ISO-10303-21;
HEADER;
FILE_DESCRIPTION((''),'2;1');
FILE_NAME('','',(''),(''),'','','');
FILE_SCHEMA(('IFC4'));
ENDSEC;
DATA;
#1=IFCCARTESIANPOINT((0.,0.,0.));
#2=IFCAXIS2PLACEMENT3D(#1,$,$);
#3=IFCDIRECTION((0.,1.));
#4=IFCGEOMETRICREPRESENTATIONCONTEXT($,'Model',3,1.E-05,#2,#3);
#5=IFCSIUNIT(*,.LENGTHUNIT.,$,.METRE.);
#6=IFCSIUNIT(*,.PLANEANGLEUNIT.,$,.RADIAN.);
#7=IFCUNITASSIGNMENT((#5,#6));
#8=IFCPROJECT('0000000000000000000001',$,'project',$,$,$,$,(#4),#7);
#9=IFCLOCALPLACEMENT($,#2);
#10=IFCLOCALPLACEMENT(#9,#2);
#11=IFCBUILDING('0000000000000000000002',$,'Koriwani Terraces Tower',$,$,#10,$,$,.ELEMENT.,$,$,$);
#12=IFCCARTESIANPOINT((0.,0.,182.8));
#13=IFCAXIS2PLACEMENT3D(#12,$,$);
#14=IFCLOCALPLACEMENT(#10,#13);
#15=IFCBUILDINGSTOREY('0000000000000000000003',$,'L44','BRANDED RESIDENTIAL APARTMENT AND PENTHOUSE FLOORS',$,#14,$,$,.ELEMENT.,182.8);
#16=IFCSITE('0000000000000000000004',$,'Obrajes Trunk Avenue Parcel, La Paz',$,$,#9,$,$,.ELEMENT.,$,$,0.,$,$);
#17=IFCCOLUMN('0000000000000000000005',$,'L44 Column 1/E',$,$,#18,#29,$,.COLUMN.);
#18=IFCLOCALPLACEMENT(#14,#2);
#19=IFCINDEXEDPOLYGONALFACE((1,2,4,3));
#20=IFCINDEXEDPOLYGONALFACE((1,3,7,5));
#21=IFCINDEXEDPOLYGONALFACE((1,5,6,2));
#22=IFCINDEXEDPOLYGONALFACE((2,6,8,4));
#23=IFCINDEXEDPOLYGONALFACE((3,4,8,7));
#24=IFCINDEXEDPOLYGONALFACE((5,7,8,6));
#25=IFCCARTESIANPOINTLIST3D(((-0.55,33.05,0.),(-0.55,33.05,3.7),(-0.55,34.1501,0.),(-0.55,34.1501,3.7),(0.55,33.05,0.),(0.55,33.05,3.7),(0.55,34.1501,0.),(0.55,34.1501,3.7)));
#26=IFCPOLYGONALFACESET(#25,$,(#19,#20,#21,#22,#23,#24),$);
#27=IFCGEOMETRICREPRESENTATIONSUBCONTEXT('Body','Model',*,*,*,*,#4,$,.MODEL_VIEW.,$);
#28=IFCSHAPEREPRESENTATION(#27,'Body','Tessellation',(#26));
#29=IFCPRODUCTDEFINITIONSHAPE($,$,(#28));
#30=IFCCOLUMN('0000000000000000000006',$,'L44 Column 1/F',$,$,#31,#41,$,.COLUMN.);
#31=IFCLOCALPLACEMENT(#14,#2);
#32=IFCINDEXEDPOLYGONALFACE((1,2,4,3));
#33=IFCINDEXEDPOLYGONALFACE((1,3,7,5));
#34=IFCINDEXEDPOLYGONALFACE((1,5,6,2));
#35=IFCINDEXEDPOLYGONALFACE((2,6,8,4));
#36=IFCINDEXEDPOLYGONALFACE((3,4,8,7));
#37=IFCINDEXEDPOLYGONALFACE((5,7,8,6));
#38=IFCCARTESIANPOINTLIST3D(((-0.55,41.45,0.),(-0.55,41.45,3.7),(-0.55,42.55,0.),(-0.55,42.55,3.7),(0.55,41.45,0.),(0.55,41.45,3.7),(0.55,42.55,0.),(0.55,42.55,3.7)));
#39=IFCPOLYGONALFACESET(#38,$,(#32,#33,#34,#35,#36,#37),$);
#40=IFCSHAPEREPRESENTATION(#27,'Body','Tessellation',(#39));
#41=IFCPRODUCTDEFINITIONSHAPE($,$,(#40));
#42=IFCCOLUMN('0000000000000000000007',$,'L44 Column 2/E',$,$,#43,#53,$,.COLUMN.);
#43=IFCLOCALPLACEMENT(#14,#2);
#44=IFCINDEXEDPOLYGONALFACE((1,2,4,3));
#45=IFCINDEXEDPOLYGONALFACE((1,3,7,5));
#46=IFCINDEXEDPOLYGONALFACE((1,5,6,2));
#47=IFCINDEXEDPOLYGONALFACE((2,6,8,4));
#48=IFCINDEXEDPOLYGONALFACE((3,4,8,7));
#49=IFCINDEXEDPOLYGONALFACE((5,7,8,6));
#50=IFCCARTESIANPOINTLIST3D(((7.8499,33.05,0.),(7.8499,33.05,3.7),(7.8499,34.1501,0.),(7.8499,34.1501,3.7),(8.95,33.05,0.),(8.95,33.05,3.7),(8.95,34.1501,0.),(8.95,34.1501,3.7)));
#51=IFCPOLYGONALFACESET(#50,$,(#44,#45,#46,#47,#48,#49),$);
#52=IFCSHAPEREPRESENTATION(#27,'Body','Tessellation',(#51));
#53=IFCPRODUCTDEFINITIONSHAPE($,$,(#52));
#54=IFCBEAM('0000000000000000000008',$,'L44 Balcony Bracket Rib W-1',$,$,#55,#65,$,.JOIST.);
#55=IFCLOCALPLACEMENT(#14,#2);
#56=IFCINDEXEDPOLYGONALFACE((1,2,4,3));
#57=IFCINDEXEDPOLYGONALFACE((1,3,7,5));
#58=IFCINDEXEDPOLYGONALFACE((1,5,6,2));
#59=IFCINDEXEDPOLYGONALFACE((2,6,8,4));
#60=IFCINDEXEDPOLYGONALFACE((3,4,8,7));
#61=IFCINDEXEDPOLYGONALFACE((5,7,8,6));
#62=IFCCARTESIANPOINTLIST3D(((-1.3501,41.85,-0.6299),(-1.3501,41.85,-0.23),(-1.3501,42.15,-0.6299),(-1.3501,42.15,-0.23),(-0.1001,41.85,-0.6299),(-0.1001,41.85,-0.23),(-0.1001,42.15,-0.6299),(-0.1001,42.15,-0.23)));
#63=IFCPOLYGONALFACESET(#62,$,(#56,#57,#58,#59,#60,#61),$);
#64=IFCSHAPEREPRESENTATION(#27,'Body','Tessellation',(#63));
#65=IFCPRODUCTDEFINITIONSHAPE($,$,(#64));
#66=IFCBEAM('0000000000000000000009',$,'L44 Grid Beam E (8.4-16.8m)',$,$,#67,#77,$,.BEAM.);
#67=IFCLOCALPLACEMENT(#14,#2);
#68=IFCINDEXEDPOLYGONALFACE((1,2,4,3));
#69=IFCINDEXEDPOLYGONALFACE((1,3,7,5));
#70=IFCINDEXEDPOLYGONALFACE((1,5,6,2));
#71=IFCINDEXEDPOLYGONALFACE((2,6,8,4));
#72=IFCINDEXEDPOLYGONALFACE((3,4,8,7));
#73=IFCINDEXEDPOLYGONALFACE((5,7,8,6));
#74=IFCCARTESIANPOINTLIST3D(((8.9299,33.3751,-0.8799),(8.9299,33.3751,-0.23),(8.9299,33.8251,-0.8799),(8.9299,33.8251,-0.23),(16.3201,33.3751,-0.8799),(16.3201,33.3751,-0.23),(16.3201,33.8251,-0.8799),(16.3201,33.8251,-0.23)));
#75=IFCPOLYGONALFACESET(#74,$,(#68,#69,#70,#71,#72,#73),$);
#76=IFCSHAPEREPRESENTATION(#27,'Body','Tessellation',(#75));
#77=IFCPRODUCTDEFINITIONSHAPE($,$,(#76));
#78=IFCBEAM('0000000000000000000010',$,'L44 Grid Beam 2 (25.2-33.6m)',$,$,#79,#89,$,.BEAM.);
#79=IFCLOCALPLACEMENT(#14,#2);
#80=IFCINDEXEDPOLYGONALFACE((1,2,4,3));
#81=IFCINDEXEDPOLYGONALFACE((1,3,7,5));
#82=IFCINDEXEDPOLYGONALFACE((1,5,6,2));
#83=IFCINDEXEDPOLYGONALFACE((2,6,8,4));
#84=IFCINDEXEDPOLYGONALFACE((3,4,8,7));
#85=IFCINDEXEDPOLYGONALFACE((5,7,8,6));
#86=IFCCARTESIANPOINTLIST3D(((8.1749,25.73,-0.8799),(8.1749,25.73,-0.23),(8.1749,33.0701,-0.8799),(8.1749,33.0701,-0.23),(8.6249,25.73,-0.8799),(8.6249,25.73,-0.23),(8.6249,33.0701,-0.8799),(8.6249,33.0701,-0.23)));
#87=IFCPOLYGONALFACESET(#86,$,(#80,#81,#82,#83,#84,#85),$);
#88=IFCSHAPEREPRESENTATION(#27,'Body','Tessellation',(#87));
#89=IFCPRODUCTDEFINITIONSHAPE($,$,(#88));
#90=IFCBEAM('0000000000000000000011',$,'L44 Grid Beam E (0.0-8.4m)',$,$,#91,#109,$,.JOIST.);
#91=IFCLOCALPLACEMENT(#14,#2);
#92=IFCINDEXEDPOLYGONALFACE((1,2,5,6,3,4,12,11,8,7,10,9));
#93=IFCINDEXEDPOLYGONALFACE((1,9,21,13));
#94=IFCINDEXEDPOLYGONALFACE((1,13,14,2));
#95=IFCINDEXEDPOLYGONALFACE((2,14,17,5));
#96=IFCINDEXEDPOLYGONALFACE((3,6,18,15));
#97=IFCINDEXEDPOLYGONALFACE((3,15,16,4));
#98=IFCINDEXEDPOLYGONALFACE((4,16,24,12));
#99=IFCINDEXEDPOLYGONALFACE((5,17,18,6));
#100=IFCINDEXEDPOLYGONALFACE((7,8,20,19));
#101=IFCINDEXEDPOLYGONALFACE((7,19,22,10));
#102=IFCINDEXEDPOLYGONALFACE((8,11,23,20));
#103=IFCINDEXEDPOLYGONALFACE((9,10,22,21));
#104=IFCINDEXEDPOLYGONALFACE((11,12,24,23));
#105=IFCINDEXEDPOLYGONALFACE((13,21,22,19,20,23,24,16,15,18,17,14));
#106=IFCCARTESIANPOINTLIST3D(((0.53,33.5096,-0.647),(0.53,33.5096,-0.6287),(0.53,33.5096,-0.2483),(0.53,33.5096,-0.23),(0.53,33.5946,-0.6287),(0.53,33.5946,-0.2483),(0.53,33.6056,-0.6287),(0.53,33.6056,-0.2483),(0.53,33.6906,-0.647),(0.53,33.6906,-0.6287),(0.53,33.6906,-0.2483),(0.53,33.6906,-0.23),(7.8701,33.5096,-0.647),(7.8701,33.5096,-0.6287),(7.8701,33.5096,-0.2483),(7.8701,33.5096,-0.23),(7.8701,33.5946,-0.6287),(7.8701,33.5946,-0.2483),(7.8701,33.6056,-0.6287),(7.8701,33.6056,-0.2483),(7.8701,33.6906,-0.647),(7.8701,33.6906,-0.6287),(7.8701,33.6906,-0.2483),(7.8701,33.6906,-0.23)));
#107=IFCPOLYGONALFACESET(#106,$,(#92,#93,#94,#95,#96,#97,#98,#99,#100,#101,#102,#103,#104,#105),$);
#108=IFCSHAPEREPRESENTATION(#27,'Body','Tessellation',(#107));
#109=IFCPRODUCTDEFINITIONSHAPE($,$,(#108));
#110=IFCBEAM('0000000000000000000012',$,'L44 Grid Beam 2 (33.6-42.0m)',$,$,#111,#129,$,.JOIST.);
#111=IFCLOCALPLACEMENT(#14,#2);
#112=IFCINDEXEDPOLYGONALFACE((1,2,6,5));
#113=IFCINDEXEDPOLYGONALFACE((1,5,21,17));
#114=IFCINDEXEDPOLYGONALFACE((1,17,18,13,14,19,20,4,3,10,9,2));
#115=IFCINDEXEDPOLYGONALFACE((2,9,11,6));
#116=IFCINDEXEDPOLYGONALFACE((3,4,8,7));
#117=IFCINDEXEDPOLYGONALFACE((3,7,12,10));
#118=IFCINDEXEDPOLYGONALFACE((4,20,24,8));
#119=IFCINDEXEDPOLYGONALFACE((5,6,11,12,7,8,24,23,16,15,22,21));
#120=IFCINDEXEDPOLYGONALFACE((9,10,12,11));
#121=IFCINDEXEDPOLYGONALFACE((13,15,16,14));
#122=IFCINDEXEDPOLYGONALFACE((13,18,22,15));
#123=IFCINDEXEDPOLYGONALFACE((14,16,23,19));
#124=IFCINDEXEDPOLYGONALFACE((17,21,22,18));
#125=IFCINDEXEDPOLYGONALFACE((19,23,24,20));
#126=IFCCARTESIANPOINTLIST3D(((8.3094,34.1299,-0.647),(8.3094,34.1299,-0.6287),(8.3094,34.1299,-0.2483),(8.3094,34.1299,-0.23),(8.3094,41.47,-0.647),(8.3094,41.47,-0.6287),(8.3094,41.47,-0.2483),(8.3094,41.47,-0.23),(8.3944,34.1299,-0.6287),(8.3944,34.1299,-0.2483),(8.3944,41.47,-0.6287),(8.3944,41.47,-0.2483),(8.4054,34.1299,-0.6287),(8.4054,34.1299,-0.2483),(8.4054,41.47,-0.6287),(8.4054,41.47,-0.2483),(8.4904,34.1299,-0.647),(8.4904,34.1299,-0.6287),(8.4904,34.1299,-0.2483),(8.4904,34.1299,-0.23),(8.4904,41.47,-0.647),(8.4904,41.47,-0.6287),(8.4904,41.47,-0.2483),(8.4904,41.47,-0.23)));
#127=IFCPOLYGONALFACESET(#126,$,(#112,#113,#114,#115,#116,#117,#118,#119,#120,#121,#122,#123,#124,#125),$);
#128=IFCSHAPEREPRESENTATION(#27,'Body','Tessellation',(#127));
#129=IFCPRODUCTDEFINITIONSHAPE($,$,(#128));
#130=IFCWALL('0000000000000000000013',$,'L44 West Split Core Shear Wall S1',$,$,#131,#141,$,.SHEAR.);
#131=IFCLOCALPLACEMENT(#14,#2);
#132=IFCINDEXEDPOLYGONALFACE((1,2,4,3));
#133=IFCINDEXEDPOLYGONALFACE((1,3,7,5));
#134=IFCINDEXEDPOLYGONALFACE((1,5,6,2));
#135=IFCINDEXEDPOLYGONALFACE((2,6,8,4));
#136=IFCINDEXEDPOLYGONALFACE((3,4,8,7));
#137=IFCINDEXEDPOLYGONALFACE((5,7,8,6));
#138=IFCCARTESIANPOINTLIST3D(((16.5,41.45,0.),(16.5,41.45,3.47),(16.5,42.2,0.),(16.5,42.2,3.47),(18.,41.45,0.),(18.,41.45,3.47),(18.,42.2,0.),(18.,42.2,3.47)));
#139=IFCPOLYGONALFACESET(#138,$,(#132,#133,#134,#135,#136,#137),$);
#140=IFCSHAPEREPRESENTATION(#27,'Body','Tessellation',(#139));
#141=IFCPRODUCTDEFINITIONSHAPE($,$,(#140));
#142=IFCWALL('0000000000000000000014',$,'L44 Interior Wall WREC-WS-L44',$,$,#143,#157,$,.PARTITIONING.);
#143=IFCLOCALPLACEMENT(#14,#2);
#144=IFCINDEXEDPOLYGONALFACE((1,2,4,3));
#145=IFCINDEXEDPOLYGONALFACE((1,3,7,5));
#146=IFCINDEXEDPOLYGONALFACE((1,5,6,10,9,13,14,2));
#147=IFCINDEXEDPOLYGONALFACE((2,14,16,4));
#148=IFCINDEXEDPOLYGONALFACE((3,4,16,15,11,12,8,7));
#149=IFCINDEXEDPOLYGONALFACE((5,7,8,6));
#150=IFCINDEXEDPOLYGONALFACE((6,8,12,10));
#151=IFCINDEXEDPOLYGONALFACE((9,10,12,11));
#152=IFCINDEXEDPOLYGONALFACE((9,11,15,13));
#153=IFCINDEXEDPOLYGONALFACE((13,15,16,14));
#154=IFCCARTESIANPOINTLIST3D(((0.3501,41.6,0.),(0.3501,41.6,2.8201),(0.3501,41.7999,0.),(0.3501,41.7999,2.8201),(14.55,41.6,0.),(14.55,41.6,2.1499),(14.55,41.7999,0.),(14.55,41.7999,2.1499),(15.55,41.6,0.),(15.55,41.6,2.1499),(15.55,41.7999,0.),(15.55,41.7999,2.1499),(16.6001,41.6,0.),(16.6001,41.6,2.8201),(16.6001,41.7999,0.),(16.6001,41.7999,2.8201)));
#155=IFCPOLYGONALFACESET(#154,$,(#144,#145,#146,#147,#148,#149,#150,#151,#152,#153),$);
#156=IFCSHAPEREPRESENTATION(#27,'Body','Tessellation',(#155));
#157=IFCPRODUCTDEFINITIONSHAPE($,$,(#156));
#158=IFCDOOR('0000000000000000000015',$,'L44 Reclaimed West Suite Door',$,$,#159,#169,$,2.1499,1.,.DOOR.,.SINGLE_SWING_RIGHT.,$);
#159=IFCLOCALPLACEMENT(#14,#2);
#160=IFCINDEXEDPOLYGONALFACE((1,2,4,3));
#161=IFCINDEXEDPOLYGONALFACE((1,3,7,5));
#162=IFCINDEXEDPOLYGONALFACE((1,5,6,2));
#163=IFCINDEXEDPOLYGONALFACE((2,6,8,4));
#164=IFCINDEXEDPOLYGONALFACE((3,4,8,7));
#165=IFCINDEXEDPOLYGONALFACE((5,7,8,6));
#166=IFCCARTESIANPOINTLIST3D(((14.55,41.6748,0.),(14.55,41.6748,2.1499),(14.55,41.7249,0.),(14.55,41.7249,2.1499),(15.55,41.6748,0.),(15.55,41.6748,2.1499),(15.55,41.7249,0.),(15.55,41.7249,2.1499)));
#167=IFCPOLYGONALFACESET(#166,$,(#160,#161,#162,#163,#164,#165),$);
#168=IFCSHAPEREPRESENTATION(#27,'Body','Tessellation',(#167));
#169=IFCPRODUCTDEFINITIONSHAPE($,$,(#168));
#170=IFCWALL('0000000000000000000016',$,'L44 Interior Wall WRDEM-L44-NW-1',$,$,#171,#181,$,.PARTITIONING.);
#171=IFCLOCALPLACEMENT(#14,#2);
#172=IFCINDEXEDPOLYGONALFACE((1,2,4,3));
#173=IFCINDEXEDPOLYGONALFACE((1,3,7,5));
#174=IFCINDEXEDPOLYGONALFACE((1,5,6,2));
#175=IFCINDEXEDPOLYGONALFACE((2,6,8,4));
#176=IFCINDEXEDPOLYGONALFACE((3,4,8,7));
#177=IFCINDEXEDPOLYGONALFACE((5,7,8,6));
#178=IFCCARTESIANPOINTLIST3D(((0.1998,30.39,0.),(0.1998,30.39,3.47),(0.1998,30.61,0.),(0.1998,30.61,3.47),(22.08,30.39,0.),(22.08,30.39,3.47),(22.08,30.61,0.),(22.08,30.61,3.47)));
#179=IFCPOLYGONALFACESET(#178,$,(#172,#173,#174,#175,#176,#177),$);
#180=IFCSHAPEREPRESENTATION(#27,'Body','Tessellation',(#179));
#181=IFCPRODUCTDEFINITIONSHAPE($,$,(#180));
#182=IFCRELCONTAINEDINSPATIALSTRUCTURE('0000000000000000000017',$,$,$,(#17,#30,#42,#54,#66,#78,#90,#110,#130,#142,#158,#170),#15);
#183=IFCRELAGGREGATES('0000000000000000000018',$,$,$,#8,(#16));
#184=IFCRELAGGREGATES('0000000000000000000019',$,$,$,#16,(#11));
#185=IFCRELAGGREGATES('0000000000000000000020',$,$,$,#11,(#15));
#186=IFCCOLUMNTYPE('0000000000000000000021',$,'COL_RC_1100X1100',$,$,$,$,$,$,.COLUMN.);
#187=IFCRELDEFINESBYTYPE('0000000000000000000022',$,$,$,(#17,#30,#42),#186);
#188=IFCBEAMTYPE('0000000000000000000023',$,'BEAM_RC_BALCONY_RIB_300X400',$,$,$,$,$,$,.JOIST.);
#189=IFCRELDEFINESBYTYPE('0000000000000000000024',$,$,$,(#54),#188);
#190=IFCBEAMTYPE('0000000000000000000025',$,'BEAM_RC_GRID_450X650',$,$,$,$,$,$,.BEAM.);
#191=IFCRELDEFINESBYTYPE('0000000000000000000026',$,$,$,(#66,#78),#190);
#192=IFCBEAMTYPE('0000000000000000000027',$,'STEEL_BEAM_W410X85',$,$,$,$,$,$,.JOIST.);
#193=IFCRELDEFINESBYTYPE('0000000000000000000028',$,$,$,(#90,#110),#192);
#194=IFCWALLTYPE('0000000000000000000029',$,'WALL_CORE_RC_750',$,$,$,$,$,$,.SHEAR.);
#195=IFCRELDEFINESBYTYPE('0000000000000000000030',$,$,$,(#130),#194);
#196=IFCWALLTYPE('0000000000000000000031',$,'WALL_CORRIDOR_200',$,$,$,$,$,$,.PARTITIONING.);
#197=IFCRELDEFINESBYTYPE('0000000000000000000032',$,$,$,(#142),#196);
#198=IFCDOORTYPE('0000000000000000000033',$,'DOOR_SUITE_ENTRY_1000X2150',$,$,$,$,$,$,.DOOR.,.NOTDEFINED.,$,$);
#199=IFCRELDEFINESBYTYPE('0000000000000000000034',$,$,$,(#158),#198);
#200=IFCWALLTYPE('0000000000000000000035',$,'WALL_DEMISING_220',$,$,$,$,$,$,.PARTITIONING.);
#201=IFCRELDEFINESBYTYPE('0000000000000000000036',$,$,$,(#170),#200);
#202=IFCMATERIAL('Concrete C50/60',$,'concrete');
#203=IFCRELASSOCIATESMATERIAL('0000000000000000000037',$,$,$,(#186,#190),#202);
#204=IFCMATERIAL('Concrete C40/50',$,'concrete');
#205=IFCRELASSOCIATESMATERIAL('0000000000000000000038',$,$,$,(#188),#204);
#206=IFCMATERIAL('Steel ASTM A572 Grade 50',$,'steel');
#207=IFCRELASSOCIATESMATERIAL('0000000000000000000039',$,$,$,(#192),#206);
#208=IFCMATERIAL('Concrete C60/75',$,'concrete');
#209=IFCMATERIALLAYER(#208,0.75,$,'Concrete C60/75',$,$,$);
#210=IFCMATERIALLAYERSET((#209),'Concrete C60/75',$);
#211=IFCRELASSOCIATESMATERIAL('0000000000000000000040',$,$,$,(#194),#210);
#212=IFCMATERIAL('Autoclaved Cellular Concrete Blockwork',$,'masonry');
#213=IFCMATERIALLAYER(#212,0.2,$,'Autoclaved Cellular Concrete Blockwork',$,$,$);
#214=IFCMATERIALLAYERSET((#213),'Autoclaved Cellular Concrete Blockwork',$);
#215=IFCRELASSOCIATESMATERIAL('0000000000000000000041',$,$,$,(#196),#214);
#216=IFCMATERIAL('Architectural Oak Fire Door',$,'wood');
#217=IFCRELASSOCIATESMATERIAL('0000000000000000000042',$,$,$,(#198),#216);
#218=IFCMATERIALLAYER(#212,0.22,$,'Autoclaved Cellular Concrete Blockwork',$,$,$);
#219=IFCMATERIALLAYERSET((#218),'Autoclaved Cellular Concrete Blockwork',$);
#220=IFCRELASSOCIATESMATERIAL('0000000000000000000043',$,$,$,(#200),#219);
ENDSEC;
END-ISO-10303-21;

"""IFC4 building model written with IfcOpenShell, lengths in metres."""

from ifc_helpers import new_model, si_unit, direction, frame, frame_2d, origin, origin_2d, place, context, subcontext, project, spatial, rectangle, i_section, extrude, material, layer, layer_set, material_profile, profile_set, type_object, element, fill, save


model = new_model("IFC4")

# Units and contexts
model_context = context("Model", 3, precision=1e-05, world=origin(), true_north=direction((0.0, 1.0)))
body_context = subcontext(model_context, "Body", "Model", "MODEL_VIEW")
ifc_project = project(units=[si_unit("LENGTHUNIT", "METRE"), si_unit("PLANEANGLEUNIT", "RADIAN")], contexts=[model_context])

# Site, building, storey
site_placement = place(None, origin())
site = spatial("IfcSite", under=ifc_project, at=site_placement, Name="Obrajes Trunk Avenue Parcel, La Paz", CompositionType="ELEMENT", RefElevation=0.0)
building_placement = place(site_placement, origin())
building = spatial("IfcBuilding", under=site, at=building_placement, Name="Koriwani Terraces Tower", CompositionType="ELEMENT")
storey_placement = place(building_placement, frame((0.0, 0.0, 182.8)))
storey = spatial("IfcBuildingStorey", under=building, at=storey_placement, Name="L44", Description="BRANDED RESIDENTIAL APARTMENT AND PENTHOUSE FLOORS", CompositionType="ELEMENT", Elevation=182.8)

# Columns
ifc_material_1 = material(Name="Concrete C50/60", Category="concrete")
ifc_material_profile_1 = material_profile(ifc_material_1, rectangle(XDim=1.1001, YDim=1.1001, at=origin_2d()), Name="Concrete C50/60", Category="LoadBearing")
ifc_profile_set_1 = profile_set([ifc_material_profile_1], Name="Concrete C50/60")
column_type = type_object("IfcColumnType", Name="COL_RC_1100X1100", PredefinedType="COLUMN", material=ifc_profile_set_1)
for number, where, z_axis, x_axis, name in (
    (1, (0.0, 33.6001, 0.0), (0.0, 0.0, 1.0), (1.0, 0.0, 0.0), "L44 Column 1/E"),
    (2, (0.0, 42.0, 0.0), (0.0, 0.0, 1.0), (1.0, 0.0, 0.0), "L44 Column 1/F"),
    (3, (8.3999, 33.6001, 0.0), (0.0, 0.0, 1.0), (1.0, 0.0, 0.0), "L44 Column 2/E"),
):
    element("IfcColumn", number, at=place(storey_placement, frame(where, z_axis=z_axis, x_axis=x_axis)), inside=storey, type_object=column_type, Name=name, PredefinedType="COLUMN", context=body_context, shape_type="SweptSolid", body=[
        extrude(rectangle(XDim=1.1001, YDim=1.1001, at=origin_2d()), origin(), (0.0, 0.0, 1.0), 3.7),
    ])

# Beams
ifc_material_2 = material(Name="Concrete C40/50", Category="concrete")
ifc_material_profile_2 = material_profile(ifc_material_2, rectangle(XDim=0.3, YDim=0.3999, at=origin_2d()), Name="Concrete C40/50", Category="LoadBearing")
ifc_profile_set_2 = profile_set([ifc_material_profile_2], Name="Concrete C40/50")
beam_type_1 = type_object("IfcBeamType", Name="BEAM_RC_BALCONY_RIB_300X400", PredefinedType="JOIST", material=ifc_profile_set_2)
beam_1_placement = place(storey_placement, frame((-1.3501, 42.0, -0.4299), z_axis=(1.0, 0.0, 0.0), x_axis=(0.0, 1.0, 0.0)))
element("IfcBeam", 4, at=beam_1_placement, inside=storey, type_object=beam_type_1, Name="L44 Balcony Bracket Rib W-1", PredefinedType="JOIST", context=body_context, shape_type="SweptSolid", body=[
    extrude(rectangle(XDim=0.3, YDim=0.3999, at=origin_2d()), origin(), (0.0, 0.0, 1.0), 1.25),
])
ifc_material_profile_3 = material_profile(ifc_material_1, rectangle(XDim=0.45, YDim=0.6499, at=origin_2d()), Name="Concrete C50/60", Category="LoadBearing")
ifc_profile_set_3 = profile_set([ifc_material_profile_3], Name="Concrete C50/60")
beam_type_2 = type_object("IfcBeamType", Name="BEAM_RC_GRID_450X650", PredefinedType="BEAM", material=ifc_profile_set_3)
beam_2_placement = place(storey_placement, frame((8.9299, 33.6001, -0.5549), z_axis=(1.0, 0.0, 0.0), x_axis=(0.0, 1.0, 0.0)))
element("IfcBeam", 5, at=beam_2_placement, inside=storey, type_object=beam_type_2, Name="L44 Grid Beam E (8.4-16.8m)", PredefinedType="BEAM", context=body_context, shape_type="SweptSolid", body=[
    extrude(rectangle(XDim=0.45, YDim=0.6499, at=origin_2d()), origin(), (0.0, 0.0, 1.0), 7.3901),
])
beam_3_placement = place(storey_placement, frame((8.3999, 25.73, -0.5549), z_axis=(0.0, 1.0, 0.0), x_axis=(-1.0, 0.0, 0.0)))
element("IfcBeam", 6, at=beam_3_placement, inside=storey, type_object=beam_type_2, Name="L44 Grid Beam 2 (25.2-33.6m)", PredefinedType="BEAM", context=body_context, shape_type="SweptSolid", body=[
    extrude(rectangle(XDim=0.45, YDim=0.6499, at=origin_2d()), origin(), (0.0, 0.0, 1.0), 7.3401),
])
ifc_material_3 = material(Name="Steel ASTM A572 Grade 50", Category="steel")
ifc_material_profile_4 = material_profile(ifc_material_3, i_section(OverallWidth=0.1809, OverallDepth=0.417, WebThickness=0.011, FlangeThickness=0.0183, at=origin_2d()), Name="Steel ASTM A572 Grade 50", Category="LoadBearing")
ifc_profile_set_4 = profile_set([ifc_material_profile_4], Name="Steel ASTM A572 Grade 50")
beam_type_3 = type_object("IfcBeamType", Name="STEEL_BEAM_W410X85", PredefinedType="JOIST", material=ifc_profile_set_4)
for number, where, z_axis, x_axis, name in (
    (7, (0.53, 33.6001, -0.4385), (1.0, 0.0, 0.0), (0.0, 1.0, 0.0), "L44 Grid Beam E (0.0-8.4m)"),
    (8, (8.3999, 34.1299, -0.4385), (0.0, 1.0, 0.0), (-1.0, 0.0, 0.0), "L44 Grid Beam 2 (33.6-42.0m)"),
):
    element("IfcBeam", number, at=place(storey_placement, frame(where, z_axis=z_axis, x_axis=x_axis)), inside=storey, type_object=beam_type_3, Name=name, PredefinedType="JOIST", context=body_context, shape_type="SweptSolid", body=[
        extrude(i_section(OverallWidth=0.1809, OverallDepth=0.417, WebThickness=0.011, FlangeThickness=0.0183, at=origin_2d()), origin(), (0.0, 0.0, 1.0), 7.3401),
    ])

# Wall
ifc_material_4 = material(Name="Concrete C60/75", Category="concrete")
ifc_layer_1 = layer(ifc_material_4, 0.75, Name="Concrete C60/75")
ifc_layer_set_1 = layer_set([ifc_layer_1], Name="Concrete C60/75")
wall_type_1 = type_object("IfcWallType", Name="WALL_CORE_RC_750", PredefinedType="SHEAR", material=ifc_layer_set_1)
wall_1_placement = place(storey_placement, frame((16.5, 41.825, 0.0), z_axis=(0.0, 0.0, 1.0), x_axis=(1.0, 0.0, 0.0)))
element("IfcWall", 9, at=wall_1_placement, inside=storey, type_object=wall_type_1, Name="L44 West Split Core Shear Wall S1", PredefinedType="SHEAR", context=body_context, shape_type="SweptSolid", body=[
    extrude(rectangle(XDim=1.5, YDim=0.75, at=frame_2d((0.75, 0.0))), origin(), (0.0, 0.0, 1.0), 3.47),
])

# Wall, opening, door
ifc_material_5 = material(Name="Autoclaved Cellular Concrete Blockwork", Category="masonry")
ifc_layer_2 = layer(ifc_material_5, 0.2, Name="Autoclaved Cellular Concrete Blockwork")
ifc_layer_set_2 = layer_set([ifc_layer_2], Name="Autoclaved Cellular Concrete Blockwork")
wall_type_2 = type_object("IfcWallType", Name="WALL_CORRIDOR_200", PredefinedType="PARTITIONING", material=ifc_layer_set_2)
wall_2_placement = place(storey_placement, frame((0.3501, 41.7, 0.0), z_axis=(0.0, 0.0, 1.0), x_axis=(1.0, 0.0, 0.0)))
wall_2 = element("IfcWall", 10, at=wall_2_placement, inside=storey, type_object=wall_type_2, Name="L44 Interior Wall WREC-WS-L44", PredefinedType="PARTITIONING", context=body_context, shape_type="SweptSolid", body=[
    extrude(rectangle(XDim=16.25, YDim=0.2, at=frame_2d((8.125, 0.0))), origin(), (0.0, 0.0, 1.0), 2.8201),
])
opening_1_placement = place(wall_2_placement, frame((14.2, 0.0, 0.0)))
opening_1 = element("IfcOpeningElement", 11, at=opening_1_placement, cuts=wall_2, PredefinedType="OPENING", context=body_context, shape_type="SweptSolid", body=[
    extrude(rectangle(XDim=1.0, YDim=2.1499, at=frame_2d((0.5, 1.075))), frame((0.0, 0.1099, 0.0), z_axis=(0.0, -1.0, 0.0), x_axis=(1.0, 0.0, 0.0)), (0.0, 0.0, 1.0), 0.22),
])
ifc_material_6 = material(Name="Architectural Oak Fire Door", Category="wood")
door_type_1 = type_object("IfcDoorType", Name="DOOR_SUITE_ENTRY_1000X2150", OperationType="NOTDEFINED", PredefinedType="DOOR", material=ifc_material_6)
door_1_placement = place(opening_1_placement, origin())
door_1 = element("IfcDoor", 12, at=door_1_placement, inside=storey, type_object=door_type_1, Name="L44 Reclaimed West Suite Door", OperationType="SINGLE_SWING_RIGHT", OverallHeight=2.1499, OverallWidth=1.0, PredefinedType="DOOR", context=body_context, shape_type="SweptSolid", body=[
    extrude(rectangle(XDim=1.0, YDim=2.1499, at=frame_2d((0.5, 1.075))), frame((0.0, 0.0249, 0.0), z_axis=(0.0, -1.0, 0.0), x_axis=(1.0, 0.0, 0.0)), (0.0, 0.0, 1.0), 0.05),
])
fill(opening_1, door_1)

# Wall
ifc_layer_3 = layer(ifc_material_5, 0.22, Name="Autoclaved Cellular Concrete Blockwork")
ifc_layer_set_3 = layer_set([ifc_layer_3], Name="Autoclaved Cellular Concrete Blockwork")
wall_type_3 = type_object("IfcWallType", Name="WALL_DEMISING_220", PredefinedType="PARTITIONING", material=ifc_layer_set_3)
for number, where, z_axis, x_axis, name in (
    (13, (0.2, 30.5, 0.0), (0.0, 0.0, 1.0), (1.0, 0.0, 0.0), "L44 Interior Wall WRDEM-L44-NW-1"),
):
    element("IfcWall", number, at=place(storey_placement, frame(where, z_axis=z_axis, x_axis=x_axis)), inside=storey, type_object=wall_type_3, Name=name, PredefinedType="PARTITIONING", context=body_context, shape_type="SweptSolid", body=[
        extrude(rectangle(XDim=21.8801, YDim=0.22, at=frame_2d((10.9399, 0.0))), origin(), (0.0, 0.0, 1.0), 3.47),
    ])

save(model, "model.ifc")
